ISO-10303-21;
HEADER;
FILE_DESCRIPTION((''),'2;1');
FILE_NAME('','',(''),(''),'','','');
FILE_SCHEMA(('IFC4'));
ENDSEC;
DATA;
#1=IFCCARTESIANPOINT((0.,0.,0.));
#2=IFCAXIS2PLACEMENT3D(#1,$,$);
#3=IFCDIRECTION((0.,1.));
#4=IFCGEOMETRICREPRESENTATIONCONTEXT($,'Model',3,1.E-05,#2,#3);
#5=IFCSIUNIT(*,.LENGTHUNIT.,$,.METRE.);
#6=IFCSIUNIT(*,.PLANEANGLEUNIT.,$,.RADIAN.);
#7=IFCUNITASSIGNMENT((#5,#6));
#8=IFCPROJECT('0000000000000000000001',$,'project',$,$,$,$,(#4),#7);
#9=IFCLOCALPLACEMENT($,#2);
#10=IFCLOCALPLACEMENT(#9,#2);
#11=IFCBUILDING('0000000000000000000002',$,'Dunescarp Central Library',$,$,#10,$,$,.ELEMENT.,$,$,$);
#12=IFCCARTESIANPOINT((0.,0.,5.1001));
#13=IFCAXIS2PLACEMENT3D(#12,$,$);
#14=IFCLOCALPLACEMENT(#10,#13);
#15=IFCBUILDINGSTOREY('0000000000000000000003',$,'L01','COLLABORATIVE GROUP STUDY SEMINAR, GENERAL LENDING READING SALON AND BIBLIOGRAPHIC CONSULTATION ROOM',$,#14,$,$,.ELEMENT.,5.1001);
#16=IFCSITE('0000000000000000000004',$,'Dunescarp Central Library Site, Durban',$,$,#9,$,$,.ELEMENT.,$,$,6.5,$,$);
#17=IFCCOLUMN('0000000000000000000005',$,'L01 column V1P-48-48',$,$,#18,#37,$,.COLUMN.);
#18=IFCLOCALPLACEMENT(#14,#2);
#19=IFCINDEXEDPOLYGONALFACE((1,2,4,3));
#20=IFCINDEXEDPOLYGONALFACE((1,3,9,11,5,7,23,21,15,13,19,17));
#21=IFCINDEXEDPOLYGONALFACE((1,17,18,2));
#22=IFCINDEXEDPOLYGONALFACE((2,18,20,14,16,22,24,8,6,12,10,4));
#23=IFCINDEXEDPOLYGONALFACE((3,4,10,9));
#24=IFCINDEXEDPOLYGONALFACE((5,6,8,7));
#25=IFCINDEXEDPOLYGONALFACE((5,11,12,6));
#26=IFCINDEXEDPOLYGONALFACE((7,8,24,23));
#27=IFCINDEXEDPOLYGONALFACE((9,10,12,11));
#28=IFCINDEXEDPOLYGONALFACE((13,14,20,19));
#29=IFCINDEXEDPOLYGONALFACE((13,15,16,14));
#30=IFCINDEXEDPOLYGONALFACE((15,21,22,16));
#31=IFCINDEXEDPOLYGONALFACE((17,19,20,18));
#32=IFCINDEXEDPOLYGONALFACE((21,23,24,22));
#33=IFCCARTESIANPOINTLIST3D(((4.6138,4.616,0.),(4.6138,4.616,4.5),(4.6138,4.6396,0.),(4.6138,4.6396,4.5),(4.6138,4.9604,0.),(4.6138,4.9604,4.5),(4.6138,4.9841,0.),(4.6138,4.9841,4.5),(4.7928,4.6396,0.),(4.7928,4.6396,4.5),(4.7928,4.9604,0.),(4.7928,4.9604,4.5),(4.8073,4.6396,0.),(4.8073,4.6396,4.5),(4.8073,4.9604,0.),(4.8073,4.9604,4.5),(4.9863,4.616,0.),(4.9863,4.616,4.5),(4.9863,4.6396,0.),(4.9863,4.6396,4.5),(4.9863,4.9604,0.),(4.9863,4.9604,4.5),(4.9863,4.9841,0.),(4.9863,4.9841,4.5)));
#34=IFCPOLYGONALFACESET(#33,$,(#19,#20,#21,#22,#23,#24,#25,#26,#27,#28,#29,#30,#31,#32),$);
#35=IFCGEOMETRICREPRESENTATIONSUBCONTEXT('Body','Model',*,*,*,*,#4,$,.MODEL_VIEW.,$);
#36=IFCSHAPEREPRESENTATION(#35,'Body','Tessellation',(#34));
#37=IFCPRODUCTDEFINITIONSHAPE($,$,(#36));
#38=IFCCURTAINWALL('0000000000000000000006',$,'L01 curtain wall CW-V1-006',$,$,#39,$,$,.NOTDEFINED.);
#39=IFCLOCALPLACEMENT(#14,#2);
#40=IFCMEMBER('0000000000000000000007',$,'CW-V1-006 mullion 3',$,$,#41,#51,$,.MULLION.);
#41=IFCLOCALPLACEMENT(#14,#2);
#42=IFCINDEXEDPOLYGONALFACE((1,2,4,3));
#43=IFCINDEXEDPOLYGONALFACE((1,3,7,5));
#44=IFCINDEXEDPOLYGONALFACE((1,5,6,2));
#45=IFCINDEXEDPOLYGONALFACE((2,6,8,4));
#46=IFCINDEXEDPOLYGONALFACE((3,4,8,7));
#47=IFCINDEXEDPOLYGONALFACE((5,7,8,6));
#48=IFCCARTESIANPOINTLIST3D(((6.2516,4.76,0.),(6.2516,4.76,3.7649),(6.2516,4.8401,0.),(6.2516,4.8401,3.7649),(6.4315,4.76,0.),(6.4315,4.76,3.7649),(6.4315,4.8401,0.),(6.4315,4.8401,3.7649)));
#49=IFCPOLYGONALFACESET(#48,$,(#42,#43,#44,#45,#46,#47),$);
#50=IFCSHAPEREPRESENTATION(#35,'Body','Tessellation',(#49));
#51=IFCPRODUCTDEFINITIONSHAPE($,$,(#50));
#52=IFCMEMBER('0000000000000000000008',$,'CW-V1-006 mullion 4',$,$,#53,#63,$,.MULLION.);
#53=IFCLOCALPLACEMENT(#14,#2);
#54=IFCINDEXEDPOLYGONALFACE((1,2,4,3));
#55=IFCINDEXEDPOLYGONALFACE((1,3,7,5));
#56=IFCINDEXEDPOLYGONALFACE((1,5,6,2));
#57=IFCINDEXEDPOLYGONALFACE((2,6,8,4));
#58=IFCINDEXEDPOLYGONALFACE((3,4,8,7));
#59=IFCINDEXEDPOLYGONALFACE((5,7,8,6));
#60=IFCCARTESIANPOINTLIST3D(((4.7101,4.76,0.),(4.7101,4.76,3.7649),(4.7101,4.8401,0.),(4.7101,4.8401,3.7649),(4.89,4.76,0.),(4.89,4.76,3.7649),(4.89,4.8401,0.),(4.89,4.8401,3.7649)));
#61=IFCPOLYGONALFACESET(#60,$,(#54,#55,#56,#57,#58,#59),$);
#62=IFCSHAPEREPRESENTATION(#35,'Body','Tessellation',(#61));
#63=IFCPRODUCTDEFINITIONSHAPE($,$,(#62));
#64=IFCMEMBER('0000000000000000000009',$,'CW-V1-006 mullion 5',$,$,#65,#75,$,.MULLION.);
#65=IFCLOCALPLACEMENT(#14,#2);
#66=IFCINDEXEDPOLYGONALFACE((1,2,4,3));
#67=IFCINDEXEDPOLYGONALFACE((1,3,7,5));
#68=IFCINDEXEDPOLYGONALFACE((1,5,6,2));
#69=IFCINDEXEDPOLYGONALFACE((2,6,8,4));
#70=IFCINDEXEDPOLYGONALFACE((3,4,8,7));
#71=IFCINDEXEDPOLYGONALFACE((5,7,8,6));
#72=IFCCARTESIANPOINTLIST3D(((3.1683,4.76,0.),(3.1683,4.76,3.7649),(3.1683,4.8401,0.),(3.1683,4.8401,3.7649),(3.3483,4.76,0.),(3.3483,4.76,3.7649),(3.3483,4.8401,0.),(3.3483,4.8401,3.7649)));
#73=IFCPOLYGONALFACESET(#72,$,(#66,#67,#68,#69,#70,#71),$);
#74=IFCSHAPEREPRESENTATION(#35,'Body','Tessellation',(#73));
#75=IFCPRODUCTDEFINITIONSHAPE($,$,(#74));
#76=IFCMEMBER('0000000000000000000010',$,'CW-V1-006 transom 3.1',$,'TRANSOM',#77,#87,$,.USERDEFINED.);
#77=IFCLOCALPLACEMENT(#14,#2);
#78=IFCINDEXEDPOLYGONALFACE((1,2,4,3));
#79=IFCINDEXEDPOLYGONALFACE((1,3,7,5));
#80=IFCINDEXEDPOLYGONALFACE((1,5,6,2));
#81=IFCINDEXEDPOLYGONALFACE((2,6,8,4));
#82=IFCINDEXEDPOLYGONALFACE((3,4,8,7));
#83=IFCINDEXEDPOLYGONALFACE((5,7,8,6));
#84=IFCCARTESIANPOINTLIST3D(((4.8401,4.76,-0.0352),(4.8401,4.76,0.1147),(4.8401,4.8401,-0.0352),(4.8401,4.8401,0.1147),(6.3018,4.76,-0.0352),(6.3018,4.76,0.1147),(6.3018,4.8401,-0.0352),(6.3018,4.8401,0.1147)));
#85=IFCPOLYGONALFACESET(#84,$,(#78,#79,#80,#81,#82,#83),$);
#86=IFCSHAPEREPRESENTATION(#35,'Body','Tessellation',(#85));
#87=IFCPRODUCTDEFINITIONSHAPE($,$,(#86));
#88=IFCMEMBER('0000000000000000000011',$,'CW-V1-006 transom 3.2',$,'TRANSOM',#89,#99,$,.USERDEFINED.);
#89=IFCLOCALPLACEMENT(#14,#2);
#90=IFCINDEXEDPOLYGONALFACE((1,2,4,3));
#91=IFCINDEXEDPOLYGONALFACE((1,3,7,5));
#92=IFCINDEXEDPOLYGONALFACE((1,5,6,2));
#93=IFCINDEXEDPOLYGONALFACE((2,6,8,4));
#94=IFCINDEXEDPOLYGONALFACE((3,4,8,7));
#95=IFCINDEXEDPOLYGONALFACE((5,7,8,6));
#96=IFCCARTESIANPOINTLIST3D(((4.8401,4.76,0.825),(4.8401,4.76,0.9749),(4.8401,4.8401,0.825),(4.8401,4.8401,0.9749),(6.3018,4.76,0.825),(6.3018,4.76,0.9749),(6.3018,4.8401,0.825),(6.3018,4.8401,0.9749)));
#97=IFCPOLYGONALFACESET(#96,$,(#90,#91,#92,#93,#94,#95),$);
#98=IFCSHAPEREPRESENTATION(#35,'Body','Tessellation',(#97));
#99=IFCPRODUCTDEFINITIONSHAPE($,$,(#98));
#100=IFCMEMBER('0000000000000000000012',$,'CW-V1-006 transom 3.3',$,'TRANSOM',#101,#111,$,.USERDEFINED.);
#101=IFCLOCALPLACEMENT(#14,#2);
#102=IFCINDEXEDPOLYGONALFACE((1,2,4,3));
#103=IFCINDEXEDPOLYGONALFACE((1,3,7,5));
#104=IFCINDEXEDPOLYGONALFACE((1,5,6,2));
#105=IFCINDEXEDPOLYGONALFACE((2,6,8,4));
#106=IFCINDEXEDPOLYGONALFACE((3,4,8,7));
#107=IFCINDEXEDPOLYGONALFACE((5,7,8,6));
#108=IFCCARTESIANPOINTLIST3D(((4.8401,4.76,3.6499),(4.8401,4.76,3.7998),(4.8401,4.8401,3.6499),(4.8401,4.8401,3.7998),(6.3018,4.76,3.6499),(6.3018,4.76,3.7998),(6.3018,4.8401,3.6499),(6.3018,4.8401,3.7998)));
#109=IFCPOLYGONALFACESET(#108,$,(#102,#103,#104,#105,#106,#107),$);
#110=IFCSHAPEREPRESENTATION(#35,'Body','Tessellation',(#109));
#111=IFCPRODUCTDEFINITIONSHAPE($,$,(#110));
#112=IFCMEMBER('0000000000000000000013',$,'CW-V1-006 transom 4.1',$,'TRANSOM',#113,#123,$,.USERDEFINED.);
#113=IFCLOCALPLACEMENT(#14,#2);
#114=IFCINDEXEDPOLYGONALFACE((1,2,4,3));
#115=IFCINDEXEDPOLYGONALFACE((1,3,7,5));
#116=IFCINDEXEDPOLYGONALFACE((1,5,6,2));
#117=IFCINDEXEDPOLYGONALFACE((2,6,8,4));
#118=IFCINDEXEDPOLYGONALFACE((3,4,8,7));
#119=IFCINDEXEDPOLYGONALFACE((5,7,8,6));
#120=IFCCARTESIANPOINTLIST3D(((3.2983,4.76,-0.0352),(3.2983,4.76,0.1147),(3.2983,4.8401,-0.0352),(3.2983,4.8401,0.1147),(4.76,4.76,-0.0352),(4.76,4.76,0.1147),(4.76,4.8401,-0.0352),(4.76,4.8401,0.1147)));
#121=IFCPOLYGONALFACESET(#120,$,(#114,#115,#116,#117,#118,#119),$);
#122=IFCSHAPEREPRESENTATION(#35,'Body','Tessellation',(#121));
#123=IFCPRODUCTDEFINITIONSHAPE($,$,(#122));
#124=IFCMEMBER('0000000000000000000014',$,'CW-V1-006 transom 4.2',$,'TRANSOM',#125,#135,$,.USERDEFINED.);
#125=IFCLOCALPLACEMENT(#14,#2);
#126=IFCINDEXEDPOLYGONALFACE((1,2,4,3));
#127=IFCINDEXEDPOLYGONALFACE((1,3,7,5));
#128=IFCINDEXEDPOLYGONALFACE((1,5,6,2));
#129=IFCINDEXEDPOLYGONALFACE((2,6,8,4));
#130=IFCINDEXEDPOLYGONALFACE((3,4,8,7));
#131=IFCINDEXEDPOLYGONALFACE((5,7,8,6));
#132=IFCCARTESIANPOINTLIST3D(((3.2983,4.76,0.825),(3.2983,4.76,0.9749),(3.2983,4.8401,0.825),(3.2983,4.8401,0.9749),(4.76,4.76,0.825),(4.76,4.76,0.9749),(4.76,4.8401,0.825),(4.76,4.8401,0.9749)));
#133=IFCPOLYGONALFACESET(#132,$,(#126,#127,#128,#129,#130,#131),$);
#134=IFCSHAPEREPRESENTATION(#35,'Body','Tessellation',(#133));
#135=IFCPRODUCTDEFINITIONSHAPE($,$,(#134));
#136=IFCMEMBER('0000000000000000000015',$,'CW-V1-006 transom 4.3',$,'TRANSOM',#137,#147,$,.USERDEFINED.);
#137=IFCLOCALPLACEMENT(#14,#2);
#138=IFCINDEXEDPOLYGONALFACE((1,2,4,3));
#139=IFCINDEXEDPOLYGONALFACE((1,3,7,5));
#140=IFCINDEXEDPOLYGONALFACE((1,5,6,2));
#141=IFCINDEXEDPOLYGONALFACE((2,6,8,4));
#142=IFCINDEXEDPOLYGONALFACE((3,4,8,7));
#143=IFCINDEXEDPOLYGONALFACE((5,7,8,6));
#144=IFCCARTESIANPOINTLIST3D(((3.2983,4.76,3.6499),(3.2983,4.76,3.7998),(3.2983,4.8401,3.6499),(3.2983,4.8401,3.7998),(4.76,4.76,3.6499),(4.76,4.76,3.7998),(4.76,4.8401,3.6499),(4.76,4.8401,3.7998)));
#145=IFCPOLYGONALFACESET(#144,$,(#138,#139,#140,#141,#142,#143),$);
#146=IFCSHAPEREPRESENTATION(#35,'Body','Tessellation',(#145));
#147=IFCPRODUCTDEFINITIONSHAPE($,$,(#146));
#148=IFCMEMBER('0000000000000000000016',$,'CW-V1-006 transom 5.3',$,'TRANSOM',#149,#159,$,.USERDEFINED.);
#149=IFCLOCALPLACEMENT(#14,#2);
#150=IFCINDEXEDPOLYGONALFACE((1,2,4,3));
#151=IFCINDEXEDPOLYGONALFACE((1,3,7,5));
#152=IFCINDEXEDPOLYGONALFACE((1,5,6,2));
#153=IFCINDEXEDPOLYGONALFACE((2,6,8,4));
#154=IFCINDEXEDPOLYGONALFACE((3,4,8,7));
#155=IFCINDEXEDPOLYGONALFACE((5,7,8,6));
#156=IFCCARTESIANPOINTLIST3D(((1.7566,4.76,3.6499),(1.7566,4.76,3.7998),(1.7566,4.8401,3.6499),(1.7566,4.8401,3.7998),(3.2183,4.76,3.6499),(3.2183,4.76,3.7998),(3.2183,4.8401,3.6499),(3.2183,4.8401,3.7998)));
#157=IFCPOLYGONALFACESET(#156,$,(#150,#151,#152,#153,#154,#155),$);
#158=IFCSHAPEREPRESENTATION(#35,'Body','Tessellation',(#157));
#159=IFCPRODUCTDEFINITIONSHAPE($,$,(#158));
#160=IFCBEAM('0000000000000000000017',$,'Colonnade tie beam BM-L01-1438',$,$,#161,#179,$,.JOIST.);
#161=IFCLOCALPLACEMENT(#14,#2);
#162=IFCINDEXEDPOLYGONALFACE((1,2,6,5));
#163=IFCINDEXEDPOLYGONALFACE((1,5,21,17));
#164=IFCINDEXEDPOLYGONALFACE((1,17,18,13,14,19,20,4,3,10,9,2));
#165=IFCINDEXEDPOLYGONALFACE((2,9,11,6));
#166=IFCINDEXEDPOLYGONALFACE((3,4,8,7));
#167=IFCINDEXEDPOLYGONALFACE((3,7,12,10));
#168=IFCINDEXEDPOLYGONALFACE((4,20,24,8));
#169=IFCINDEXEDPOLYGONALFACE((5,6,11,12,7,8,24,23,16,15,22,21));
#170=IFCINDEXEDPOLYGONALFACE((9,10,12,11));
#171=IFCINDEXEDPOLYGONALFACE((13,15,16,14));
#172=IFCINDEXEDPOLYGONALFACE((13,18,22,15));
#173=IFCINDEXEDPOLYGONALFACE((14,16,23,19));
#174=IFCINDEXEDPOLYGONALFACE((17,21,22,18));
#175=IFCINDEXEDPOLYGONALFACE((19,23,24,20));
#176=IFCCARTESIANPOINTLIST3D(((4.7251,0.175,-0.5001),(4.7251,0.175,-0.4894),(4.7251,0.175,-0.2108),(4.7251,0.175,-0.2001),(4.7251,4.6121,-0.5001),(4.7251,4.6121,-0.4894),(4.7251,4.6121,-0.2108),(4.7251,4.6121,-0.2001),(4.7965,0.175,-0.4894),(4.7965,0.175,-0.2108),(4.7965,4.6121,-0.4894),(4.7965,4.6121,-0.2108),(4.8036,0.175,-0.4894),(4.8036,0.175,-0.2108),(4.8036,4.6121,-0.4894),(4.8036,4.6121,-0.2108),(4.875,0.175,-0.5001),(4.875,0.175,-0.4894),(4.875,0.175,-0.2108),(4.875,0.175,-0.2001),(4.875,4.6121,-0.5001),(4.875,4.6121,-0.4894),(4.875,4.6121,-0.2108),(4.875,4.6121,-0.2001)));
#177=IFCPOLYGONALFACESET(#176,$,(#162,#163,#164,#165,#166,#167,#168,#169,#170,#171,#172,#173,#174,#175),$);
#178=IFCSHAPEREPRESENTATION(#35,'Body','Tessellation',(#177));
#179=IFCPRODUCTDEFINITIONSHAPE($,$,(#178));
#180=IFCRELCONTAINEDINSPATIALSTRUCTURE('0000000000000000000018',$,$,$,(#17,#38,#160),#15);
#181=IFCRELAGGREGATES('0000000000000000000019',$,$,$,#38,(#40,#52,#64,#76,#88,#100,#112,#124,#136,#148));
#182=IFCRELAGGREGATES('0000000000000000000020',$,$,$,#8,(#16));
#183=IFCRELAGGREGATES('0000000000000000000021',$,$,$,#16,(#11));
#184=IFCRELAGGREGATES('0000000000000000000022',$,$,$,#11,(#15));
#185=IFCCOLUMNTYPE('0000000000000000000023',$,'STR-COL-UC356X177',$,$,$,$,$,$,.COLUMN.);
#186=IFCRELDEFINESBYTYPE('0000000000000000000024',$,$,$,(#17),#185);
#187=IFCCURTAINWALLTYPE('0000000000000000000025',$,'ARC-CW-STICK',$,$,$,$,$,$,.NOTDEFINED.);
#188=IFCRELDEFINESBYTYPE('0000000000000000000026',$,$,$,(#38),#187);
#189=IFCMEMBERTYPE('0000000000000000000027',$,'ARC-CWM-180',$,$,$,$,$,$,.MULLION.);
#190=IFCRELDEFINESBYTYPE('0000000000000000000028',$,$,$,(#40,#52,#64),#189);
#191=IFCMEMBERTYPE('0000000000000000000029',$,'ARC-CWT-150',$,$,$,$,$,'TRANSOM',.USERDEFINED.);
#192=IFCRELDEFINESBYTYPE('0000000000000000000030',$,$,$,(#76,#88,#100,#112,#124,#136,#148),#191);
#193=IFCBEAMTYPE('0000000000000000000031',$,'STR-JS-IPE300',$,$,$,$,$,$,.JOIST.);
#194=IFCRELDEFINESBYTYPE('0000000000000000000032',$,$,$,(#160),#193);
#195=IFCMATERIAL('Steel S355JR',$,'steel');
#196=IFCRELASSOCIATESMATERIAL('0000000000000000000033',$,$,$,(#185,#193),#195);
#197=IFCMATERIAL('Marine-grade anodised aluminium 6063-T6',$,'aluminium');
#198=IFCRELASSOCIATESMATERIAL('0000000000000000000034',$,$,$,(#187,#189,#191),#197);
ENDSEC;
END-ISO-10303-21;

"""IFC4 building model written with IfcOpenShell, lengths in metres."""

from ifc_helpers import new_model, si_unit, direction, frame, origin, origin_2d, place, context, subcontext, project, spatial, rectangle, i_section, extrude, material, material_profile, profile_set, type_object, element, aggregate, save


model = new_model("IFC4")

# Units and contexts
model_context = context("Model", 3, precision=1e-05, world=origin(), true_north=direction((0.0, 1.0)))
body_context = subcontext(model_context, "Body", "Model", "MODEL_VIEW")
ifc_project = project(units=[si_unit("LENGTHUNIT", "METRE"), si_unit("PLANEANGLEUNIT", "RADIAN")], contexts=[model_context])

# Site, building, storey
site_placement = place(None, origin())
site = spatial("IfcSite", under=ifc_project, at=site_placement, Name="Dunescarp Central Library Site, Durban", CompositionType="ELEMENT", RefElevation=6.5)
building_placement = place(site_placement, origin())
building = spatial("IfcBuilding", under=site, at=building_placement, Name="Dunescarp Central Library", CompositionType="ELEMENT")
storey_placement = place(building_placement, frame((0.0, 0.0, 5.1001)))
storey = spatial("IfcBuildingStorey", under=building, at=storey_placement, Name="L01", Description="COLLABORATIVE GROUP STUDY SEMINAR, GENERAL LENDING READING SALON AND BIBLIOGRAPHIC CONSULTATION ROOM", CompositionType="ELEMENT", Elevation=5.1001)

# Column
ifc_material_1 = material(Name="Steel S355JR", Category="steel")
ifc_material_profile_1 = material_profile(ifc_material_1, i_section(OverallWidth=0.3726, OverallDepth=0.3682, WebThickness=0.0144, FlangeThickness=0.0237, at=origin_2d()), Name="UC 356x368x177")
ifc_profile_set_1 = profile_set([ifc_material_profile_1], Name="Steel S355JR")
column_type = type_object("IfcColumnType", Name="STR-COL-UC356X177", PredefinedType="COLUMN", material=ifc_profile_set_1)
column_placement = place(storey_placement, frame((4.8, 4.8, 0.0), z_axis=(0.0, 0.0, 1.0), x_axis=(1.0, 0.0, 0.0)))
element("IfcColumn", 1, at=column_placement, inside=storey, type_object=column_type, Name="L01 column V1P-48-48", PredefinedType="COLUMN", context=body_context, shape_type="SweptSolid", body=[
    extrude(i_section(OverallWidth=0.3726, OverallDepth=0.3682, WebThickness=0.0144, FlangeThickness=0.0237, at=origin_2d()), origin(), (0.0, 0.0, 1.0), 4.5),
])

# Curtain wall, members
ifc_material_2 = material(Name="Marine-grade anodised aluminium 6063-T6", Category="aluminium")
curtain_wall_type = type_object("IfcCurtainWallType", Name="ARC-CW-STICK", PredefinedType="NOTDEFINED", material=ifc_material_2)
curtain_wall_placement = place(storey_placement, origin())
curtain_wall = element("IfcCurtainWall", 2, at=curtain_wall_placement, inside=storey, type_object=curtain_wall_type, Name="L01 curtain wall CW-V1-006", PredefinedType="NOTDEFINED")
ifc_material_profile_2 = material_profile(ifc_material_2, rectangle(XDim=0.0801, YDim=0.1799, at=origin_2d()), Name="AL 80x180")
ifc_profile_set_2 = profile_set([ifc_material_profile_2], Name="Marine-grade anodised aluminium 6063-T6")
member_type_1 = type_object("IfcMemberType", Name="ARC-CWM-180", PredefinedType="MULLION", material=ifc_profile_set_2)
member_1_placement = place(storey_placement, frame((6.3416, 4.8, 0.0), z_axis=(0.0, 0.0, 1.0), x_axis=(0.0, -1.0, 0.0)))
member_1 = element("IfcMember", 3, at=member_1_placement, type_object=member_type_1, Name="CW-V1-006 mullion 3", PredefinedType="MULLION", context=body_context, shape_type="SweptSolid", body=[
    extrude(rectangle(XDim=0.0801, YDim=0.1799, at=origin_2d()), origin(), (0.0, 0.0, 1.0), 3.7649),
])
member_2_placement = place(storey_placement, frame((4.8, 4.8, 0.0), z_axis=(0.0, 0.0, 1.0), x_axis=(0.0, -1.0, 0.0)))
member_2 = element("IfcMember", 4, at=member_2_placement, type_object=member_type_1, Name="CW-V1-006 mullion 4", PredefinedType="MULLION", context=body_context, shape_type="SweptSolid", body=[
    extrude(rectangle(XDim=0.0801, YDim=0.1799, at=origin_2d()), origin(), (0.0, 0.0, 1.0), 3.7649),
])
member_3_placement = place(storey_placement, frame((3.2583, 4.8, 0.0), z_axis=(0.0, 0.0, 1.0), x_axis=(0.0, -1.0, 0.0)))
member_3 = element("IfcMember", 5, at=member_3_placement, type_object=member_type_1, Name="CW-V1-006 mullion 5", PredefinedType="MULLION", context=body_context, shape_type="SweptSolid", body=[
    extrude(rectangle(XDim=0.0801, YDim=0.1799, at=origin_2d()), origin(), (0.0, 0.0, 1.0), 3.7649),
])
ifc_material_profile_3 = material_profile(ifc_material_2, rectangle(XDim=0.0801, YDim=0.1499, at=origin_2d()), Name="AL 80x150")
ifc_profile_set_3 = profile_set([ifc_material_profile_3], Name="Marine-grade anodised aluminium 6063-T6")
member_type_2 = type_object("IfcMemberType", Name="ARC-CWT-150", ElementType="TRANSOM", PredefinedType="USERDEFINED", material=ifc_profile_set_3)
member_4_placement = place(storey_placement, frame((6.3018, 4.8, 0.0398), z_axis=(-1.0, 0.0, 0.0), x_axis=(0.0, -1.0, 0.0)))
member_4 = element("IfcMember", 6, at=member_4_placement, type_object=member_type_2, Name="CW-V1-006 transom 3.1", ObjectType="TRANSOM", PredefinedType="USERDEFINED", context=body_context, shape_type="SweptSolid", body=[
    extrude(rectangle(XDim=0.0801, YDim=0.1499, at=origin_2d()), origin(), (0.0, 0.0, 1.0), 1.4617),
])
member_5_placement = place(storey_placement, frame((6.3018, 4.8, 0.8999), z_axis=(-1.0, 0.0, 0.0), x_axis=(0.0, -1.0, 0.0)))
member_5 = element("IfcMember", 7, at=member_5_placement, type_object=member_type_2, Name="CW-V1-006 transom 3.2", ObjectType="TRANSOM", PredefinedType="USERDEFINED", context=body_context, shape_type="SweptSolid", body=[
    extrude(rectangle(XDim=0.0801, YDim=0.1499, at=origin_2d()), origin(), (0.0, 0.0, 1.0), 1.4617),
])
member_6_placement = place(storey_placement, frame((6.3018, 4.8, 3.7249), z_axis=(-1.0, 0.0, 0.0), x_axis=(0.0, -1.0, 0.0)))
member_6 = element("IfcMember", 8, at=member_6_placement, type_object=member_type_2, Name="CW-V1-006 transom 3.3", ObjectType="TRANSOM", PredefinedType="USERDEFINED", context=body_context, shape_type="SweptSolid", body=[
    extrude(rectangle(XDim=0.0801, YDim=0.1499, at=origin_2d()), origin(), (0.0, 0.0, 1.0), 1.4617),
])
member_7_placement = place(storey_placement, frame((4.76, 4.8, 0.0398), z_axis=(-1.0, 0.0, 0.0), x_axis=(0.0, -1.0, 0.0)))
member_7 = element("IfcMember", 9, at=member_7_placement, type_object=member_type_2, Name="CW-V1-006 transom 4.1", ObjectType="TRANSOM", PredefinedType="USERDEFINED", context=body_context, shape_type="SweptSolid", body=[
    extrude(rectangle(XDim=0.0801, YDim=0.1499, at=origin_2d()), origin(), (0.0, 0.0, 1.0), 1.4617),
])
member_8_placement = place(storey_placement, frame((4.76, 4.8, 0.8999), z_axis=(-1.0, 0.0, 0.0), x_axis=(0.0, -1.0, 0.0)))
member_8 = element("IfcMember", 10, at=member_8_placement, type_object=member_type_2, Name="CW-V1-006 transom 4.2", ObjectType="TRANSOM", PredefinedType="USERDEFINED", context=body_context, shape_type="SweptSolid", body=[
    extrude(rectangle(XDim=0.0801, YDim=0.1499, at=origin_2d()), origin(), (0.0, 0.0, 1.0), 1.4617),
])
member_9_placement = place(storey_placement, frame((4.76, 4.8, 3.7249), z_axis=(-1.0, 0.0, 0.0), x_axis=(0.0, -1.0, 0.0)))
member_9 = element("IfcMember", 11, at=member_9_placement, type_object=member_type_2, Name="CW-V1-006 transom 4.3", ObjectType="TRANSOM", PredefinedType="USERDEFINED", context=body_context, shape_type="SweptSolid", body=[
    extrude(rectangle(XDim=0.0801, YDim=0.1499, at=origin_2d()), origin(), (0.0, 0.0, 1.0), 1.4617),
])
member_10_placement = place(storey_placement, frame((3.2183, 4.8, 3.7249), z_axis=(-1.0, 0.0, 0.0), x_axis=(0.0, -1.0, 0.0)))
member_10 = element("IfcMember", 12, at=member_10_placement, type_object=member_type_2, Name="CW-V1-006 transom 5.3", ObjectType="TRANSOM", PredefinedType="USERDEFINED", context=body_context, shape_type="SweptSolid", body=[
    extrude(rectangle(XDim=0.0801, YDim=0.1499, at=origin_2d()), origin(), (0.0, 0.0, 1.0), 1.4617),
])

# Beam
ifc_material_profile_4 = material_profile(ifc_material_1, i_section(OverallWidth=0.1499, OverallDepth=0.3, WebThickness=0.0071, FlangeThickness=0.0107, at=origin_2d()), Name="IPE 300")
ifc_profile_set_4 = profile_set([ifc_material_profile_4], Name="Steel S355JR")
beam_type_1 = type_object("IfcBeamType", Name="STR-JS-IPE300", PredefinedType="JOIST", material=ifc_profile_set_4)
beam_1_placement = place(storey_placement, frame((4.8, 0.175, -0.3501), z_axis=(0.0, 1.0, 0.0), x_axis=(-1.0, 0.0, 0.0)))
element("IfcBeam", 13, at=beam_1_placement, inside=storey, type_object=beam_type_1, Name="Colonnade tie beam BM-L01-1438", PredefinedType="JOIST", context=body_context, shape_type="SweptSolid", body=[
    extrude(i_section(OverallWidth=0.1499, OverallDepth=0.3, WebThickness=0.0071, FlangeThickness=0.0107, at=origin_2d()), origin(), (0.0, 0.0, 1.0), 4.437),
])

aggregate(curtain_wall, [member_1, member_2, member_3, member_4, member_5, member_6, member_7, member_8, member_9, member_10])

save(model, "model.ifc")
